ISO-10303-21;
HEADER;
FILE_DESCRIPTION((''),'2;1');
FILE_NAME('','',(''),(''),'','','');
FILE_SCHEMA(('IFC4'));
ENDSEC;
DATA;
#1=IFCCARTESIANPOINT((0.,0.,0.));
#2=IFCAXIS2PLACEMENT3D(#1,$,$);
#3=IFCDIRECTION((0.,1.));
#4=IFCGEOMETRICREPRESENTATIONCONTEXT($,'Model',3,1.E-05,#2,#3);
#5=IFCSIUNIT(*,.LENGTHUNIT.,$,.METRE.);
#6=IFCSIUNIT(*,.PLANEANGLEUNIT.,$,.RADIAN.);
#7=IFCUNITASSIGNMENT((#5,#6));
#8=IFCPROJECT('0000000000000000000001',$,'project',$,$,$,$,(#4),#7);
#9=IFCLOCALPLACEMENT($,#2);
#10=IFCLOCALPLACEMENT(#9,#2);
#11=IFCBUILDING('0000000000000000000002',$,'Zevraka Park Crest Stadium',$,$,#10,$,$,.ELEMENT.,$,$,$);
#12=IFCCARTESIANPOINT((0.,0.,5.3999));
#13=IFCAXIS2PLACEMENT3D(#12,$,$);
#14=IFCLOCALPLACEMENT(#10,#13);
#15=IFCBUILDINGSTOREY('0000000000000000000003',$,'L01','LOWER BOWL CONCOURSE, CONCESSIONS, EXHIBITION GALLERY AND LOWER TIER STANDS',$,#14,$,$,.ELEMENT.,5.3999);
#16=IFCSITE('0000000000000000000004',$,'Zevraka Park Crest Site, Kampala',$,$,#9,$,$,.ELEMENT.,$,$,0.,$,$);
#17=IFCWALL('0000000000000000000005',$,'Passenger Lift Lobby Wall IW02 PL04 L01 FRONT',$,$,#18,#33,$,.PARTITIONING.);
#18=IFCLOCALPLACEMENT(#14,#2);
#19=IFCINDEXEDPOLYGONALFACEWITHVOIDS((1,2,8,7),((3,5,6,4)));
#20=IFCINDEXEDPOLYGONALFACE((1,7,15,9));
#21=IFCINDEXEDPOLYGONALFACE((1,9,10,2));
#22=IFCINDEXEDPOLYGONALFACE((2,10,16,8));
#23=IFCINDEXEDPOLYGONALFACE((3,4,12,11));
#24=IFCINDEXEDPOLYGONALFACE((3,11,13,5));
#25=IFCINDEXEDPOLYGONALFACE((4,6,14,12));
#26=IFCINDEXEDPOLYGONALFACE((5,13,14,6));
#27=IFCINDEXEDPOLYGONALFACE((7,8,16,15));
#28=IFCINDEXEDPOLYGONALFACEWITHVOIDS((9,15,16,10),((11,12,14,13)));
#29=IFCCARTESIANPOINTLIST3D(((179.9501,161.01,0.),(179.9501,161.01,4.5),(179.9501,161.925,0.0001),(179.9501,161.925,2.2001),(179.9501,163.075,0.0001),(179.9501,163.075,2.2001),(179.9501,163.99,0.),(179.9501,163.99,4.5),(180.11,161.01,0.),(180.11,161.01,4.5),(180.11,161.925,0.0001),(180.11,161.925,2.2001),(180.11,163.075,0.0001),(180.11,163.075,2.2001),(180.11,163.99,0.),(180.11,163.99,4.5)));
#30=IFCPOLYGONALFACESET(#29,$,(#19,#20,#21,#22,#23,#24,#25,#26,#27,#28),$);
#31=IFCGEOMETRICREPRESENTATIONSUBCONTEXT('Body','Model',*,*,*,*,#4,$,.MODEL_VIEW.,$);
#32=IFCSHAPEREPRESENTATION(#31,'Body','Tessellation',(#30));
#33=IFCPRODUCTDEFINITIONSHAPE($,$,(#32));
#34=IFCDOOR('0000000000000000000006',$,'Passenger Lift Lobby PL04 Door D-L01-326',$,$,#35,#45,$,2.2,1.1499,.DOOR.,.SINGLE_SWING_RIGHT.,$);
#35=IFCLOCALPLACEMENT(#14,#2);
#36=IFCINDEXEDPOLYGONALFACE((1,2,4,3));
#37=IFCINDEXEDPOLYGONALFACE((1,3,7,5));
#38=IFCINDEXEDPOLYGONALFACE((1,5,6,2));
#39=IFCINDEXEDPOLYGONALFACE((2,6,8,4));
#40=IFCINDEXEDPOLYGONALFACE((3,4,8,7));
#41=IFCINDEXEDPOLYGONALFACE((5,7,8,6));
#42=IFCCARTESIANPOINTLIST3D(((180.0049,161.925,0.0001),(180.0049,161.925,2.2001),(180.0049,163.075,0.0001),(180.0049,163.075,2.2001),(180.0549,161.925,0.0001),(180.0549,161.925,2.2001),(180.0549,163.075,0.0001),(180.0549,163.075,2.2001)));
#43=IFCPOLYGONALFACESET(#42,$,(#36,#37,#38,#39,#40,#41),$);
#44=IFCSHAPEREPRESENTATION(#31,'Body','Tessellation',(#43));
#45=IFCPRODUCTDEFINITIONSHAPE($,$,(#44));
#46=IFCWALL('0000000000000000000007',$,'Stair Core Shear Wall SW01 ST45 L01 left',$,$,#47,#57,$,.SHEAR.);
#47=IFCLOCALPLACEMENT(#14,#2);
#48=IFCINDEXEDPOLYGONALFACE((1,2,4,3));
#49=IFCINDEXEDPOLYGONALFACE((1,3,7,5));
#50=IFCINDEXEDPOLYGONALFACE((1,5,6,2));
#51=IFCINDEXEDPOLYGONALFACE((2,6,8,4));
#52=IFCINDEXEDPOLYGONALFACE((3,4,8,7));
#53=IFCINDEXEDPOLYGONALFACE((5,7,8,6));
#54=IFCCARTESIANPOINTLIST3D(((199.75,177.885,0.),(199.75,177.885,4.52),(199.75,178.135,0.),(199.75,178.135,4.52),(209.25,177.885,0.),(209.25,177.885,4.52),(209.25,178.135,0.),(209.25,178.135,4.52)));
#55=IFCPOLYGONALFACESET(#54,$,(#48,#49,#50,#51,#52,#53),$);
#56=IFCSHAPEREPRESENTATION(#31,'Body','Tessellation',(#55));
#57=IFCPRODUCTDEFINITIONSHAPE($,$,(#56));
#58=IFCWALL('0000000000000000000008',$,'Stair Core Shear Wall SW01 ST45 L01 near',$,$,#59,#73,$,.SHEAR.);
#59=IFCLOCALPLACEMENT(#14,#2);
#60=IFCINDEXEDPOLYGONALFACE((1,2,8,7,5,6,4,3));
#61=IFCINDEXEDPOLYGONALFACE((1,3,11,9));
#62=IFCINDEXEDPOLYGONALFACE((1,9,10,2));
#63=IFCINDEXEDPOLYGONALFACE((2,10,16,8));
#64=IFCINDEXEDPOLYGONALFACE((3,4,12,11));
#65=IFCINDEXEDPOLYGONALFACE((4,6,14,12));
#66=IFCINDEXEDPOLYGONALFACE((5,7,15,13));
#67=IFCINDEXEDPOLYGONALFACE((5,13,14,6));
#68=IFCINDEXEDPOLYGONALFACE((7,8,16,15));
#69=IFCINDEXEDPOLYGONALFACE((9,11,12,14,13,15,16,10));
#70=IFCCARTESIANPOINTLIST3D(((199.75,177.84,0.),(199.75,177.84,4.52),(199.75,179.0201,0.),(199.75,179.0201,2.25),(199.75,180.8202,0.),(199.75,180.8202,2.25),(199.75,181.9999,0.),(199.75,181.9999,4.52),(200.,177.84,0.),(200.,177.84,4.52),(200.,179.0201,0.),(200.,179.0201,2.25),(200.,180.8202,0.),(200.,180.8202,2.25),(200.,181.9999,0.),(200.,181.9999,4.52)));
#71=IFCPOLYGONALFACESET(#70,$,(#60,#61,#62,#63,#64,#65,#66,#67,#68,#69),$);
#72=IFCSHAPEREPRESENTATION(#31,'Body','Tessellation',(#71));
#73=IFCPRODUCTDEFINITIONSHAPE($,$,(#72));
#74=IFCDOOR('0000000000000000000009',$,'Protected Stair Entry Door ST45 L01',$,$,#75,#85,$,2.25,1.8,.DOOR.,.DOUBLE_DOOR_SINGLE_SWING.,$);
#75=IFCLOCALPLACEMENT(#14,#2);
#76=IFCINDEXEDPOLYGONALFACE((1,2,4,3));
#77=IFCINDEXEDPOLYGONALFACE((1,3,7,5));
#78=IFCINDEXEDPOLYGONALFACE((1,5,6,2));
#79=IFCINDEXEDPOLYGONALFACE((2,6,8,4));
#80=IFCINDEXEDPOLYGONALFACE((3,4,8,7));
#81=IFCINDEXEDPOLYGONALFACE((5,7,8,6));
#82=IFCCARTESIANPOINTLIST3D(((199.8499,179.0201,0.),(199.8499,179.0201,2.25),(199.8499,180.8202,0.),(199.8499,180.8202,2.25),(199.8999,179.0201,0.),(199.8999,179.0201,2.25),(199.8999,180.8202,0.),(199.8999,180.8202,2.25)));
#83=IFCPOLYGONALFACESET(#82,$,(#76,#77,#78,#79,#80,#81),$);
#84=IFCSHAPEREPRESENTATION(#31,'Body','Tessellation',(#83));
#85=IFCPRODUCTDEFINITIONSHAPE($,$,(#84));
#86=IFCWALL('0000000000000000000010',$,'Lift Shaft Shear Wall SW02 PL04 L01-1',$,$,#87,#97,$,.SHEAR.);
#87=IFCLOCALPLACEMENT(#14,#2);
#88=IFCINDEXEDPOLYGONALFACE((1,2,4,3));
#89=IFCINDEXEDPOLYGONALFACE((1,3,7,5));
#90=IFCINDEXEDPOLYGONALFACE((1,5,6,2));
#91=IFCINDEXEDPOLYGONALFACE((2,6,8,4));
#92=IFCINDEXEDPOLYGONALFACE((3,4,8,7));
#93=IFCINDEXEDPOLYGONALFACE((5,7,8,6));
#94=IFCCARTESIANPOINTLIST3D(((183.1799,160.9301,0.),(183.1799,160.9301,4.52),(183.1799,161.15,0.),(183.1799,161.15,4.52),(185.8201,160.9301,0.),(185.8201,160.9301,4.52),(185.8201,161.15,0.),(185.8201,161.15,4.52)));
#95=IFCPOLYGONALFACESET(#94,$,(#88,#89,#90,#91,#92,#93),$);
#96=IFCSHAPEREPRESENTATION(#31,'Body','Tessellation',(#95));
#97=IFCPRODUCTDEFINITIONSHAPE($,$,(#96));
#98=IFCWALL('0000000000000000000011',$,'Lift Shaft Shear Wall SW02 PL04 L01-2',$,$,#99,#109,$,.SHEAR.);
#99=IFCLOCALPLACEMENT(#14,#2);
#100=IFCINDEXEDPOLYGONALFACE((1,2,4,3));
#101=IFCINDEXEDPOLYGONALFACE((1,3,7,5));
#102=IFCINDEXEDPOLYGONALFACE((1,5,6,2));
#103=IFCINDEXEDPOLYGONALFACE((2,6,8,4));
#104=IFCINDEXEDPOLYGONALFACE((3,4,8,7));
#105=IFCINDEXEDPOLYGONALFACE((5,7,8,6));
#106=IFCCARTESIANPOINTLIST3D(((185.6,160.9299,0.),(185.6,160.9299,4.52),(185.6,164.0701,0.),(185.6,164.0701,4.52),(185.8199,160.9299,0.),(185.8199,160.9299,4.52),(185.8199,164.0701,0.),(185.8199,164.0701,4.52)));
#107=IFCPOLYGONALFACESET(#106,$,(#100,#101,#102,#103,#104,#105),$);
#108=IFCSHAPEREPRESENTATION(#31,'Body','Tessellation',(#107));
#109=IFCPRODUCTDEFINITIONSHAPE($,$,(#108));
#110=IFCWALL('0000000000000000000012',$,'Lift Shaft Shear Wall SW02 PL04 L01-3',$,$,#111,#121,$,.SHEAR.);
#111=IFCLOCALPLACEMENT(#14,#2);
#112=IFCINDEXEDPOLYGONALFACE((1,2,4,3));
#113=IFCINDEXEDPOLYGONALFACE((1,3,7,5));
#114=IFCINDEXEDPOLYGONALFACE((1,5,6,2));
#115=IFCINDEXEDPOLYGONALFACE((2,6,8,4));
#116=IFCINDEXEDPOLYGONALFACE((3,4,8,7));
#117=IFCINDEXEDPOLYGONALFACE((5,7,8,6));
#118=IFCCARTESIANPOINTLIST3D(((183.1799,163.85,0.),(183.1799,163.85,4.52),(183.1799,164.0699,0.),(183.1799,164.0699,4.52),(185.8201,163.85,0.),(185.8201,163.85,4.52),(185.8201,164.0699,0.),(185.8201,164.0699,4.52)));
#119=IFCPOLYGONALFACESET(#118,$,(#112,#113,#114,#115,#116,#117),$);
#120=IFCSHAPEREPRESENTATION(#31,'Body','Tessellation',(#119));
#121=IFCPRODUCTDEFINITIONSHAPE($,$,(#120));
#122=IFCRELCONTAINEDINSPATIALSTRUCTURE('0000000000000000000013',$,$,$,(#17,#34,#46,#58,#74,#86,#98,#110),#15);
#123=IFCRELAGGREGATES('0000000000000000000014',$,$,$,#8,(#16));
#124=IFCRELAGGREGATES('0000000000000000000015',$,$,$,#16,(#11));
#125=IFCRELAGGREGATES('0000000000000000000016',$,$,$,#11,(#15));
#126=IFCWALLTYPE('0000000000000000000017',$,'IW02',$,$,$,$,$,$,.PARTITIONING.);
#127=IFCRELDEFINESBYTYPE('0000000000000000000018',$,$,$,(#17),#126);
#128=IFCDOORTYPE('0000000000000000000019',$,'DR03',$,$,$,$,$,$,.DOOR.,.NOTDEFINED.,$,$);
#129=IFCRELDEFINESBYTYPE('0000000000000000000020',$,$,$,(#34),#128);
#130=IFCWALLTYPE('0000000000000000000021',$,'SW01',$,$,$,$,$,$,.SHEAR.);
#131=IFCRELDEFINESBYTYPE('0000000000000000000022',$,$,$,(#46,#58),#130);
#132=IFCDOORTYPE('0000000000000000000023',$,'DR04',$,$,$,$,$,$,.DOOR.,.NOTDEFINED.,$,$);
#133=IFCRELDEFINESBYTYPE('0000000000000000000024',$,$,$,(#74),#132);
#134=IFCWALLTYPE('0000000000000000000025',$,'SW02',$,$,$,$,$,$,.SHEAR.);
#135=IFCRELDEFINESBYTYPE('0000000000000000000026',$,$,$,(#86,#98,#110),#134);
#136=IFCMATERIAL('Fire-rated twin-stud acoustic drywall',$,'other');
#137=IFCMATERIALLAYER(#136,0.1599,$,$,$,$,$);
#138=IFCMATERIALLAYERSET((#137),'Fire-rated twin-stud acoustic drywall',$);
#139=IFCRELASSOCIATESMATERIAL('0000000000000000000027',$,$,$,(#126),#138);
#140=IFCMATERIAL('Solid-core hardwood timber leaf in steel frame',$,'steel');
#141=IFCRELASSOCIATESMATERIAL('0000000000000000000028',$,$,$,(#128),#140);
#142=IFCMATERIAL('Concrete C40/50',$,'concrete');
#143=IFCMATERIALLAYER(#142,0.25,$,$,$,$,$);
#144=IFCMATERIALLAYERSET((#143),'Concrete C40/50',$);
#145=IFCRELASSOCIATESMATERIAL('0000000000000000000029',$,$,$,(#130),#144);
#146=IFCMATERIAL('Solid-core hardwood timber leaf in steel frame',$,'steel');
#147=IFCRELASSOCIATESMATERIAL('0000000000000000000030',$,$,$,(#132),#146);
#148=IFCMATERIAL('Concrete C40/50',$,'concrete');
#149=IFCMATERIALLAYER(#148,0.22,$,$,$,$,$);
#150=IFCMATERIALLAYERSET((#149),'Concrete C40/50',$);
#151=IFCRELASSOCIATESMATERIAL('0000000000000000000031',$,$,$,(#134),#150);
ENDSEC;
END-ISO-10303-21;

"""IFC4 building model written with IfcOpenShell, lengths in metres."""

from ifc_helpers import new_model, si_unit, direction, frame, frame_2d, origin, place, context, subcontext, project, spatial, rectangle, extrude, material, layer, layer_set, type_object, element, fill, save


model = new_model("IFC4")

# Units and contexts
model_context = context("Model", 3, precision=1e-05, world=origin(), true_north=direction((0.0, 1.0)))
body_context = subcontext(model_context, "Body", "Model", "MODEL_VIEW")
ifc_project = project(units=[si_unit("LENGTHUNIT", "METRE"), si_unit("PLANEANGLEUNIT", "RADIAN")], contexts=[model_context])

# Site, building, storey
site_placement = place(None, origin())
site = spatial("IfcSite", under=ifc_project, at=site_placement, Name="Zevraka Park Crest Site, Kampala", CompositionType="ELEMENT", RefElevation=0.0)
building_placement = place(site_placement, origin())
building = spatial("IfcBuilding", under=site, at=building_placement, Name="Zevraka Park Crest Stadium", CompositionType="ELEMENT")
storey_placement = place(building_placement, frame((0.0, 0.0, 5.3999)))
storey = spatial("IfcBuildingStorey", under=building, at=storey_placement, Name="L01", Description="LOWER BOWL CONCOURSE, CONCESSIONS, EXHIBITION GALLERY AND LOWER TIER STANDS", CompositionType="ELEMENT", Elevation=5.3999)

# Shared definitions
ifc_material_1 = material(Name="Fire-rated twin-stud acoustic drywall", Category="other")
ifc_layer_1 = layer(ifc_material_1, 0.1599)
ifc_layer_set_1 = layer_set([ifc_layer_1], Name="Fire-rated twin-stud acoustic drywall")
wall_type_1 = type_object("IfcWallType", Name="IW02", PredefinedType="PARTITIONING", material=ifc_layer_set_1)

# Wall, opening, door
wall_1_placement = place(storey_placement, frame((180.03, 163.99, 0.0), z_axis=(0.0, 0.0, 1.0), x_axis=(0.0, -1.0, 0.0)))
wall_1 = element("IfcWall", 1, at=wall_1_placement, inside=storey, type_object=wall_type_1, Name="Passenger Lift Lobby Wall IW02 PL04 L01 FRONT", PredefinedType="PARTITIONING", context=body_context, shape_type="SweptSolid", body=[
    extrude(rectangle(XDim=2.98, YDim=0.1599, at=frame_2d((1.49, 0.0))), origin(), (0.0, 0.0, 1.0), 4.5),
])
opening_1_placement = place(wall_1_placement, frame((0.915, 0.0, 0.0)))
opening_1 = element("IfcOpeningElement", 2, at=opening_1_placement, cuts=wall_1, PredefinedType="OPENING", context=body_context, shape_type="SweptSolid", body=[
    extrude(rectangle(XDim=1.1499, YDim=2.2, at=frame_2d((0.575, 1.1001))), frame((0.0, 0.0898, 0.0), z_axis=(0.0, -1.0, 0.0), x_axis=(1.0, 0.0, 0.0)), (0.0, 0.0, 1.0), 0.1799),
])
ifc_material_2 = material(Name="Solid-core hardwood timber leaf in steel frame", Category="steel")
door_type_1 = type_object("IfcDoorType", Name="DR03", OperationType="NOTDEFINED", PredefinedType="DOOR", material=ifc_material_2)
door_1_placement = place(opening_1_placement, origin())
door_1 = element("IfcDoor", 3, at=door_1_placement, inside=storey, type_object=door_type_1, Name="Passenger Lift Lobby PL04 Door D-L01-326", OperationType="SINGLE_SWING_RIGHT", OverallHeight=2.2, OverallWidth=1.1499, PredefinedType="DOOR", context=body_context, shape_type="SweptSolid", body=[
    extrude(rectangle(XDim=1.1499, YDim=2.2, at=frame_2d((0.575, 1.1001))), frame((0.0, 0.0249, 0.0), z_axis=(0.0, -1.0, 0.0), x_axis=(1.0, 0.0, 0.0)), (0.0, 0.0, 1.0), 0.05),
])
fill(opening_1, door_1)

# Wall
ifc_material_3 = material(Name="Concrete C40/50", Category="concrete")
ifc_layer_2 = layer(ifc_material_3, 0.25)
ifc_layer_set_2 = layer_set([ifc_layer_2], Name="Concrete C40/50")
wall_type_2 = type_object("IfcWallType", Name="SW01", PredefinedType="SHEAR", material=ifc_layer_set_2)
wall_2_placement = place(storey_placement, frame((199.75, 178.01, 0.0), z_axis=(0.0, 0.0, 1.0), x_axis=(1.0, 0.0, 0.0)))
element("IfcWall", 4, at=wall_2_placement, inside=storey, type_object=wall_type_2, Name="Stair Core Shear Wall SW01 ST45 L01 left", PredefinedType="SHEAR", context=body_context, shape_type="SweptSolid", body=[
    extrude(rectangle(XDim=9.5, YDim=0.25, at=frame_2d((4.75, 0.0))), origin(), (0.0, 0.0, 1.0), 4.52),
])

# Wall, opening, door
wall_3_placement = place(storey_placement, frame((199.875, 182.0, 0.0), z_axis=(0.0, 0.0, 1.0), x_axis=(0.0, -1.0, 0.0)))
wall_3 = element("IfcWall", 5, at=wall_3_placement, inside=storey, type_object=wall_type_2, Name="Stair Core Shear Wall SW01 ST45 L01 near", PredefinedType="SHEAR", context=body_context, shape_type="SweptSolid", body=[
    extrude(rectangle(XDim=4.1599, YDim=0.25, at=frame_2d((2.0801, 0.0))), origin(), (0.0, 0.0, 1.0), 4.52),
])
opening_2_placement = place(wall_3_placement, frame((1.1799, 0.0, 0.0)))
opening_2 = element("IfcOpeningElement", 6, at=opening_2_placement, cuts=wall_3, PredefinedType="OPENING", context=body_context, shape_type="SweptSolid", body=[
    extrude(rectangle(XDim=1.8, YDim=2.25, at=frame_2d((0.8999, 1.125))), frame((0.0, 0.135, 0.0), z_axis=(0.0, -1.0, 0.0), x_axis=(1.0, 0.0, 0.0)), (0.0, 0.0, 1.0), 0.27),
])
ifc_material_4 = material(Name="Solid-core hardwood timber leaf in steel frame", Category="steel")
door_type_2 = type_object("IfcDoorType", Name="DR04", OperationType="NOTDEFINED", PredefinedType="DOOR", material=ifc_material_4)
door_2_placement = place(opening_2_placement, origin())
door_2 = element("IfcDoor", 7, at=door_2_placement, inside=storey, type_object=door_type_2, Name="Protected Stair Entry Door ST45 L01", OperationType="DOUBLE_DOOR_SINGLE_SWING", OverallHeight=2.25, OverallWidth=1.8, PredefinedType="DOOR", context=body_context, shape_type="SweptSolid", body=[
    extrude(rectangle(XDim=1.8, YDim=2.25, at=frame_2d((0.8999, 1.125))), frame((0.0, 0.0249, 0.0), z_axis=(0.0, -1.0, 0.0), x_axis=(1.0, 0.0, 0.0)), (0.0, 0.0, 1.0), 0.05),
])
fill(opening_2, door_2)

# Walls
ifc_material_5 = material(Name="Concrete C40/50", Category="concrete")
ifc_layer_3 = layer(ifc_material_5, 0.22)
ifc_layer_set_3 = layer_set([ifc_layer_3], Name="Concrete C40/50")
wall_type_3 = type_object("IfcWallType", Name="SW02", PredefinedType="SHEAR", material=ifc_layer_set_3)
wall_4_placement = place(storey_placement, frame((183.1799, 161.04, 0.0), z_axis=(0.0, 0.0, 1.0), x_axis=(1.0, 0.0, 0.0)))
element("IfcWall", 8, at=wall_4_placement, inside=storey, type_object=wall_type_3, Name="Lift Shaft Shear Wall SW02 PL04 L01-1", PredefinedType="SHEAR", context=body_context, shape_type="SweptSolid", body=[
    extrude(rectangle(XDim=2.6401, YDim=0.22, at=frame_2d((1.3201, 0.0))), origin(), (0.0, 0.0, 1.0), 4.52),
])
wall_5_placement = place(storey_placement, frame((185.71, 160.9299, 0.0), z_axis=(0.0, 0.0, 1.0), x_axis=(0.0, 1.0, 0.0)))
element("IfcWall", 9, at=wall_5_placement, inside=storey, type_object=wall_type_3, Name="Lift Shaft Shear Wall SW02 PL04 L01-2", PredefinedType="SHEAR", context=body_context, shape_type="SweptSolid", body=[
    extrude(rectangle(XDim=3.1401, YDim=0.22, at=frame_2d((1.5701, 0.0))), origin(), (0.0, 0.0, 1.0), 4.52),
])
wall_6_placement = place(storey_placement, frame((185.8201, 163.96, 0.0), z_axis=(0.0, 0.0, 1.0), x_axis=(-1.0, 0.0, 0.0)))
element("IfcWall", 10, at=wall_6_placement, inside=storey, type_object=wall_type_3, Name="Lift Shaft Shear Wall SW02 PL04 L01-3", PredefinedType="SHEAR", context=body_context, shape_type="SweptSolid", body=[
    extrude(rectangle(XDim=2.6401, YDim=0.22, at=frame_2d((1.3201, 0.0))), origin(), (0.0, 0.0, 1.0), 4.52),
])

save(model, "model.ifc")
